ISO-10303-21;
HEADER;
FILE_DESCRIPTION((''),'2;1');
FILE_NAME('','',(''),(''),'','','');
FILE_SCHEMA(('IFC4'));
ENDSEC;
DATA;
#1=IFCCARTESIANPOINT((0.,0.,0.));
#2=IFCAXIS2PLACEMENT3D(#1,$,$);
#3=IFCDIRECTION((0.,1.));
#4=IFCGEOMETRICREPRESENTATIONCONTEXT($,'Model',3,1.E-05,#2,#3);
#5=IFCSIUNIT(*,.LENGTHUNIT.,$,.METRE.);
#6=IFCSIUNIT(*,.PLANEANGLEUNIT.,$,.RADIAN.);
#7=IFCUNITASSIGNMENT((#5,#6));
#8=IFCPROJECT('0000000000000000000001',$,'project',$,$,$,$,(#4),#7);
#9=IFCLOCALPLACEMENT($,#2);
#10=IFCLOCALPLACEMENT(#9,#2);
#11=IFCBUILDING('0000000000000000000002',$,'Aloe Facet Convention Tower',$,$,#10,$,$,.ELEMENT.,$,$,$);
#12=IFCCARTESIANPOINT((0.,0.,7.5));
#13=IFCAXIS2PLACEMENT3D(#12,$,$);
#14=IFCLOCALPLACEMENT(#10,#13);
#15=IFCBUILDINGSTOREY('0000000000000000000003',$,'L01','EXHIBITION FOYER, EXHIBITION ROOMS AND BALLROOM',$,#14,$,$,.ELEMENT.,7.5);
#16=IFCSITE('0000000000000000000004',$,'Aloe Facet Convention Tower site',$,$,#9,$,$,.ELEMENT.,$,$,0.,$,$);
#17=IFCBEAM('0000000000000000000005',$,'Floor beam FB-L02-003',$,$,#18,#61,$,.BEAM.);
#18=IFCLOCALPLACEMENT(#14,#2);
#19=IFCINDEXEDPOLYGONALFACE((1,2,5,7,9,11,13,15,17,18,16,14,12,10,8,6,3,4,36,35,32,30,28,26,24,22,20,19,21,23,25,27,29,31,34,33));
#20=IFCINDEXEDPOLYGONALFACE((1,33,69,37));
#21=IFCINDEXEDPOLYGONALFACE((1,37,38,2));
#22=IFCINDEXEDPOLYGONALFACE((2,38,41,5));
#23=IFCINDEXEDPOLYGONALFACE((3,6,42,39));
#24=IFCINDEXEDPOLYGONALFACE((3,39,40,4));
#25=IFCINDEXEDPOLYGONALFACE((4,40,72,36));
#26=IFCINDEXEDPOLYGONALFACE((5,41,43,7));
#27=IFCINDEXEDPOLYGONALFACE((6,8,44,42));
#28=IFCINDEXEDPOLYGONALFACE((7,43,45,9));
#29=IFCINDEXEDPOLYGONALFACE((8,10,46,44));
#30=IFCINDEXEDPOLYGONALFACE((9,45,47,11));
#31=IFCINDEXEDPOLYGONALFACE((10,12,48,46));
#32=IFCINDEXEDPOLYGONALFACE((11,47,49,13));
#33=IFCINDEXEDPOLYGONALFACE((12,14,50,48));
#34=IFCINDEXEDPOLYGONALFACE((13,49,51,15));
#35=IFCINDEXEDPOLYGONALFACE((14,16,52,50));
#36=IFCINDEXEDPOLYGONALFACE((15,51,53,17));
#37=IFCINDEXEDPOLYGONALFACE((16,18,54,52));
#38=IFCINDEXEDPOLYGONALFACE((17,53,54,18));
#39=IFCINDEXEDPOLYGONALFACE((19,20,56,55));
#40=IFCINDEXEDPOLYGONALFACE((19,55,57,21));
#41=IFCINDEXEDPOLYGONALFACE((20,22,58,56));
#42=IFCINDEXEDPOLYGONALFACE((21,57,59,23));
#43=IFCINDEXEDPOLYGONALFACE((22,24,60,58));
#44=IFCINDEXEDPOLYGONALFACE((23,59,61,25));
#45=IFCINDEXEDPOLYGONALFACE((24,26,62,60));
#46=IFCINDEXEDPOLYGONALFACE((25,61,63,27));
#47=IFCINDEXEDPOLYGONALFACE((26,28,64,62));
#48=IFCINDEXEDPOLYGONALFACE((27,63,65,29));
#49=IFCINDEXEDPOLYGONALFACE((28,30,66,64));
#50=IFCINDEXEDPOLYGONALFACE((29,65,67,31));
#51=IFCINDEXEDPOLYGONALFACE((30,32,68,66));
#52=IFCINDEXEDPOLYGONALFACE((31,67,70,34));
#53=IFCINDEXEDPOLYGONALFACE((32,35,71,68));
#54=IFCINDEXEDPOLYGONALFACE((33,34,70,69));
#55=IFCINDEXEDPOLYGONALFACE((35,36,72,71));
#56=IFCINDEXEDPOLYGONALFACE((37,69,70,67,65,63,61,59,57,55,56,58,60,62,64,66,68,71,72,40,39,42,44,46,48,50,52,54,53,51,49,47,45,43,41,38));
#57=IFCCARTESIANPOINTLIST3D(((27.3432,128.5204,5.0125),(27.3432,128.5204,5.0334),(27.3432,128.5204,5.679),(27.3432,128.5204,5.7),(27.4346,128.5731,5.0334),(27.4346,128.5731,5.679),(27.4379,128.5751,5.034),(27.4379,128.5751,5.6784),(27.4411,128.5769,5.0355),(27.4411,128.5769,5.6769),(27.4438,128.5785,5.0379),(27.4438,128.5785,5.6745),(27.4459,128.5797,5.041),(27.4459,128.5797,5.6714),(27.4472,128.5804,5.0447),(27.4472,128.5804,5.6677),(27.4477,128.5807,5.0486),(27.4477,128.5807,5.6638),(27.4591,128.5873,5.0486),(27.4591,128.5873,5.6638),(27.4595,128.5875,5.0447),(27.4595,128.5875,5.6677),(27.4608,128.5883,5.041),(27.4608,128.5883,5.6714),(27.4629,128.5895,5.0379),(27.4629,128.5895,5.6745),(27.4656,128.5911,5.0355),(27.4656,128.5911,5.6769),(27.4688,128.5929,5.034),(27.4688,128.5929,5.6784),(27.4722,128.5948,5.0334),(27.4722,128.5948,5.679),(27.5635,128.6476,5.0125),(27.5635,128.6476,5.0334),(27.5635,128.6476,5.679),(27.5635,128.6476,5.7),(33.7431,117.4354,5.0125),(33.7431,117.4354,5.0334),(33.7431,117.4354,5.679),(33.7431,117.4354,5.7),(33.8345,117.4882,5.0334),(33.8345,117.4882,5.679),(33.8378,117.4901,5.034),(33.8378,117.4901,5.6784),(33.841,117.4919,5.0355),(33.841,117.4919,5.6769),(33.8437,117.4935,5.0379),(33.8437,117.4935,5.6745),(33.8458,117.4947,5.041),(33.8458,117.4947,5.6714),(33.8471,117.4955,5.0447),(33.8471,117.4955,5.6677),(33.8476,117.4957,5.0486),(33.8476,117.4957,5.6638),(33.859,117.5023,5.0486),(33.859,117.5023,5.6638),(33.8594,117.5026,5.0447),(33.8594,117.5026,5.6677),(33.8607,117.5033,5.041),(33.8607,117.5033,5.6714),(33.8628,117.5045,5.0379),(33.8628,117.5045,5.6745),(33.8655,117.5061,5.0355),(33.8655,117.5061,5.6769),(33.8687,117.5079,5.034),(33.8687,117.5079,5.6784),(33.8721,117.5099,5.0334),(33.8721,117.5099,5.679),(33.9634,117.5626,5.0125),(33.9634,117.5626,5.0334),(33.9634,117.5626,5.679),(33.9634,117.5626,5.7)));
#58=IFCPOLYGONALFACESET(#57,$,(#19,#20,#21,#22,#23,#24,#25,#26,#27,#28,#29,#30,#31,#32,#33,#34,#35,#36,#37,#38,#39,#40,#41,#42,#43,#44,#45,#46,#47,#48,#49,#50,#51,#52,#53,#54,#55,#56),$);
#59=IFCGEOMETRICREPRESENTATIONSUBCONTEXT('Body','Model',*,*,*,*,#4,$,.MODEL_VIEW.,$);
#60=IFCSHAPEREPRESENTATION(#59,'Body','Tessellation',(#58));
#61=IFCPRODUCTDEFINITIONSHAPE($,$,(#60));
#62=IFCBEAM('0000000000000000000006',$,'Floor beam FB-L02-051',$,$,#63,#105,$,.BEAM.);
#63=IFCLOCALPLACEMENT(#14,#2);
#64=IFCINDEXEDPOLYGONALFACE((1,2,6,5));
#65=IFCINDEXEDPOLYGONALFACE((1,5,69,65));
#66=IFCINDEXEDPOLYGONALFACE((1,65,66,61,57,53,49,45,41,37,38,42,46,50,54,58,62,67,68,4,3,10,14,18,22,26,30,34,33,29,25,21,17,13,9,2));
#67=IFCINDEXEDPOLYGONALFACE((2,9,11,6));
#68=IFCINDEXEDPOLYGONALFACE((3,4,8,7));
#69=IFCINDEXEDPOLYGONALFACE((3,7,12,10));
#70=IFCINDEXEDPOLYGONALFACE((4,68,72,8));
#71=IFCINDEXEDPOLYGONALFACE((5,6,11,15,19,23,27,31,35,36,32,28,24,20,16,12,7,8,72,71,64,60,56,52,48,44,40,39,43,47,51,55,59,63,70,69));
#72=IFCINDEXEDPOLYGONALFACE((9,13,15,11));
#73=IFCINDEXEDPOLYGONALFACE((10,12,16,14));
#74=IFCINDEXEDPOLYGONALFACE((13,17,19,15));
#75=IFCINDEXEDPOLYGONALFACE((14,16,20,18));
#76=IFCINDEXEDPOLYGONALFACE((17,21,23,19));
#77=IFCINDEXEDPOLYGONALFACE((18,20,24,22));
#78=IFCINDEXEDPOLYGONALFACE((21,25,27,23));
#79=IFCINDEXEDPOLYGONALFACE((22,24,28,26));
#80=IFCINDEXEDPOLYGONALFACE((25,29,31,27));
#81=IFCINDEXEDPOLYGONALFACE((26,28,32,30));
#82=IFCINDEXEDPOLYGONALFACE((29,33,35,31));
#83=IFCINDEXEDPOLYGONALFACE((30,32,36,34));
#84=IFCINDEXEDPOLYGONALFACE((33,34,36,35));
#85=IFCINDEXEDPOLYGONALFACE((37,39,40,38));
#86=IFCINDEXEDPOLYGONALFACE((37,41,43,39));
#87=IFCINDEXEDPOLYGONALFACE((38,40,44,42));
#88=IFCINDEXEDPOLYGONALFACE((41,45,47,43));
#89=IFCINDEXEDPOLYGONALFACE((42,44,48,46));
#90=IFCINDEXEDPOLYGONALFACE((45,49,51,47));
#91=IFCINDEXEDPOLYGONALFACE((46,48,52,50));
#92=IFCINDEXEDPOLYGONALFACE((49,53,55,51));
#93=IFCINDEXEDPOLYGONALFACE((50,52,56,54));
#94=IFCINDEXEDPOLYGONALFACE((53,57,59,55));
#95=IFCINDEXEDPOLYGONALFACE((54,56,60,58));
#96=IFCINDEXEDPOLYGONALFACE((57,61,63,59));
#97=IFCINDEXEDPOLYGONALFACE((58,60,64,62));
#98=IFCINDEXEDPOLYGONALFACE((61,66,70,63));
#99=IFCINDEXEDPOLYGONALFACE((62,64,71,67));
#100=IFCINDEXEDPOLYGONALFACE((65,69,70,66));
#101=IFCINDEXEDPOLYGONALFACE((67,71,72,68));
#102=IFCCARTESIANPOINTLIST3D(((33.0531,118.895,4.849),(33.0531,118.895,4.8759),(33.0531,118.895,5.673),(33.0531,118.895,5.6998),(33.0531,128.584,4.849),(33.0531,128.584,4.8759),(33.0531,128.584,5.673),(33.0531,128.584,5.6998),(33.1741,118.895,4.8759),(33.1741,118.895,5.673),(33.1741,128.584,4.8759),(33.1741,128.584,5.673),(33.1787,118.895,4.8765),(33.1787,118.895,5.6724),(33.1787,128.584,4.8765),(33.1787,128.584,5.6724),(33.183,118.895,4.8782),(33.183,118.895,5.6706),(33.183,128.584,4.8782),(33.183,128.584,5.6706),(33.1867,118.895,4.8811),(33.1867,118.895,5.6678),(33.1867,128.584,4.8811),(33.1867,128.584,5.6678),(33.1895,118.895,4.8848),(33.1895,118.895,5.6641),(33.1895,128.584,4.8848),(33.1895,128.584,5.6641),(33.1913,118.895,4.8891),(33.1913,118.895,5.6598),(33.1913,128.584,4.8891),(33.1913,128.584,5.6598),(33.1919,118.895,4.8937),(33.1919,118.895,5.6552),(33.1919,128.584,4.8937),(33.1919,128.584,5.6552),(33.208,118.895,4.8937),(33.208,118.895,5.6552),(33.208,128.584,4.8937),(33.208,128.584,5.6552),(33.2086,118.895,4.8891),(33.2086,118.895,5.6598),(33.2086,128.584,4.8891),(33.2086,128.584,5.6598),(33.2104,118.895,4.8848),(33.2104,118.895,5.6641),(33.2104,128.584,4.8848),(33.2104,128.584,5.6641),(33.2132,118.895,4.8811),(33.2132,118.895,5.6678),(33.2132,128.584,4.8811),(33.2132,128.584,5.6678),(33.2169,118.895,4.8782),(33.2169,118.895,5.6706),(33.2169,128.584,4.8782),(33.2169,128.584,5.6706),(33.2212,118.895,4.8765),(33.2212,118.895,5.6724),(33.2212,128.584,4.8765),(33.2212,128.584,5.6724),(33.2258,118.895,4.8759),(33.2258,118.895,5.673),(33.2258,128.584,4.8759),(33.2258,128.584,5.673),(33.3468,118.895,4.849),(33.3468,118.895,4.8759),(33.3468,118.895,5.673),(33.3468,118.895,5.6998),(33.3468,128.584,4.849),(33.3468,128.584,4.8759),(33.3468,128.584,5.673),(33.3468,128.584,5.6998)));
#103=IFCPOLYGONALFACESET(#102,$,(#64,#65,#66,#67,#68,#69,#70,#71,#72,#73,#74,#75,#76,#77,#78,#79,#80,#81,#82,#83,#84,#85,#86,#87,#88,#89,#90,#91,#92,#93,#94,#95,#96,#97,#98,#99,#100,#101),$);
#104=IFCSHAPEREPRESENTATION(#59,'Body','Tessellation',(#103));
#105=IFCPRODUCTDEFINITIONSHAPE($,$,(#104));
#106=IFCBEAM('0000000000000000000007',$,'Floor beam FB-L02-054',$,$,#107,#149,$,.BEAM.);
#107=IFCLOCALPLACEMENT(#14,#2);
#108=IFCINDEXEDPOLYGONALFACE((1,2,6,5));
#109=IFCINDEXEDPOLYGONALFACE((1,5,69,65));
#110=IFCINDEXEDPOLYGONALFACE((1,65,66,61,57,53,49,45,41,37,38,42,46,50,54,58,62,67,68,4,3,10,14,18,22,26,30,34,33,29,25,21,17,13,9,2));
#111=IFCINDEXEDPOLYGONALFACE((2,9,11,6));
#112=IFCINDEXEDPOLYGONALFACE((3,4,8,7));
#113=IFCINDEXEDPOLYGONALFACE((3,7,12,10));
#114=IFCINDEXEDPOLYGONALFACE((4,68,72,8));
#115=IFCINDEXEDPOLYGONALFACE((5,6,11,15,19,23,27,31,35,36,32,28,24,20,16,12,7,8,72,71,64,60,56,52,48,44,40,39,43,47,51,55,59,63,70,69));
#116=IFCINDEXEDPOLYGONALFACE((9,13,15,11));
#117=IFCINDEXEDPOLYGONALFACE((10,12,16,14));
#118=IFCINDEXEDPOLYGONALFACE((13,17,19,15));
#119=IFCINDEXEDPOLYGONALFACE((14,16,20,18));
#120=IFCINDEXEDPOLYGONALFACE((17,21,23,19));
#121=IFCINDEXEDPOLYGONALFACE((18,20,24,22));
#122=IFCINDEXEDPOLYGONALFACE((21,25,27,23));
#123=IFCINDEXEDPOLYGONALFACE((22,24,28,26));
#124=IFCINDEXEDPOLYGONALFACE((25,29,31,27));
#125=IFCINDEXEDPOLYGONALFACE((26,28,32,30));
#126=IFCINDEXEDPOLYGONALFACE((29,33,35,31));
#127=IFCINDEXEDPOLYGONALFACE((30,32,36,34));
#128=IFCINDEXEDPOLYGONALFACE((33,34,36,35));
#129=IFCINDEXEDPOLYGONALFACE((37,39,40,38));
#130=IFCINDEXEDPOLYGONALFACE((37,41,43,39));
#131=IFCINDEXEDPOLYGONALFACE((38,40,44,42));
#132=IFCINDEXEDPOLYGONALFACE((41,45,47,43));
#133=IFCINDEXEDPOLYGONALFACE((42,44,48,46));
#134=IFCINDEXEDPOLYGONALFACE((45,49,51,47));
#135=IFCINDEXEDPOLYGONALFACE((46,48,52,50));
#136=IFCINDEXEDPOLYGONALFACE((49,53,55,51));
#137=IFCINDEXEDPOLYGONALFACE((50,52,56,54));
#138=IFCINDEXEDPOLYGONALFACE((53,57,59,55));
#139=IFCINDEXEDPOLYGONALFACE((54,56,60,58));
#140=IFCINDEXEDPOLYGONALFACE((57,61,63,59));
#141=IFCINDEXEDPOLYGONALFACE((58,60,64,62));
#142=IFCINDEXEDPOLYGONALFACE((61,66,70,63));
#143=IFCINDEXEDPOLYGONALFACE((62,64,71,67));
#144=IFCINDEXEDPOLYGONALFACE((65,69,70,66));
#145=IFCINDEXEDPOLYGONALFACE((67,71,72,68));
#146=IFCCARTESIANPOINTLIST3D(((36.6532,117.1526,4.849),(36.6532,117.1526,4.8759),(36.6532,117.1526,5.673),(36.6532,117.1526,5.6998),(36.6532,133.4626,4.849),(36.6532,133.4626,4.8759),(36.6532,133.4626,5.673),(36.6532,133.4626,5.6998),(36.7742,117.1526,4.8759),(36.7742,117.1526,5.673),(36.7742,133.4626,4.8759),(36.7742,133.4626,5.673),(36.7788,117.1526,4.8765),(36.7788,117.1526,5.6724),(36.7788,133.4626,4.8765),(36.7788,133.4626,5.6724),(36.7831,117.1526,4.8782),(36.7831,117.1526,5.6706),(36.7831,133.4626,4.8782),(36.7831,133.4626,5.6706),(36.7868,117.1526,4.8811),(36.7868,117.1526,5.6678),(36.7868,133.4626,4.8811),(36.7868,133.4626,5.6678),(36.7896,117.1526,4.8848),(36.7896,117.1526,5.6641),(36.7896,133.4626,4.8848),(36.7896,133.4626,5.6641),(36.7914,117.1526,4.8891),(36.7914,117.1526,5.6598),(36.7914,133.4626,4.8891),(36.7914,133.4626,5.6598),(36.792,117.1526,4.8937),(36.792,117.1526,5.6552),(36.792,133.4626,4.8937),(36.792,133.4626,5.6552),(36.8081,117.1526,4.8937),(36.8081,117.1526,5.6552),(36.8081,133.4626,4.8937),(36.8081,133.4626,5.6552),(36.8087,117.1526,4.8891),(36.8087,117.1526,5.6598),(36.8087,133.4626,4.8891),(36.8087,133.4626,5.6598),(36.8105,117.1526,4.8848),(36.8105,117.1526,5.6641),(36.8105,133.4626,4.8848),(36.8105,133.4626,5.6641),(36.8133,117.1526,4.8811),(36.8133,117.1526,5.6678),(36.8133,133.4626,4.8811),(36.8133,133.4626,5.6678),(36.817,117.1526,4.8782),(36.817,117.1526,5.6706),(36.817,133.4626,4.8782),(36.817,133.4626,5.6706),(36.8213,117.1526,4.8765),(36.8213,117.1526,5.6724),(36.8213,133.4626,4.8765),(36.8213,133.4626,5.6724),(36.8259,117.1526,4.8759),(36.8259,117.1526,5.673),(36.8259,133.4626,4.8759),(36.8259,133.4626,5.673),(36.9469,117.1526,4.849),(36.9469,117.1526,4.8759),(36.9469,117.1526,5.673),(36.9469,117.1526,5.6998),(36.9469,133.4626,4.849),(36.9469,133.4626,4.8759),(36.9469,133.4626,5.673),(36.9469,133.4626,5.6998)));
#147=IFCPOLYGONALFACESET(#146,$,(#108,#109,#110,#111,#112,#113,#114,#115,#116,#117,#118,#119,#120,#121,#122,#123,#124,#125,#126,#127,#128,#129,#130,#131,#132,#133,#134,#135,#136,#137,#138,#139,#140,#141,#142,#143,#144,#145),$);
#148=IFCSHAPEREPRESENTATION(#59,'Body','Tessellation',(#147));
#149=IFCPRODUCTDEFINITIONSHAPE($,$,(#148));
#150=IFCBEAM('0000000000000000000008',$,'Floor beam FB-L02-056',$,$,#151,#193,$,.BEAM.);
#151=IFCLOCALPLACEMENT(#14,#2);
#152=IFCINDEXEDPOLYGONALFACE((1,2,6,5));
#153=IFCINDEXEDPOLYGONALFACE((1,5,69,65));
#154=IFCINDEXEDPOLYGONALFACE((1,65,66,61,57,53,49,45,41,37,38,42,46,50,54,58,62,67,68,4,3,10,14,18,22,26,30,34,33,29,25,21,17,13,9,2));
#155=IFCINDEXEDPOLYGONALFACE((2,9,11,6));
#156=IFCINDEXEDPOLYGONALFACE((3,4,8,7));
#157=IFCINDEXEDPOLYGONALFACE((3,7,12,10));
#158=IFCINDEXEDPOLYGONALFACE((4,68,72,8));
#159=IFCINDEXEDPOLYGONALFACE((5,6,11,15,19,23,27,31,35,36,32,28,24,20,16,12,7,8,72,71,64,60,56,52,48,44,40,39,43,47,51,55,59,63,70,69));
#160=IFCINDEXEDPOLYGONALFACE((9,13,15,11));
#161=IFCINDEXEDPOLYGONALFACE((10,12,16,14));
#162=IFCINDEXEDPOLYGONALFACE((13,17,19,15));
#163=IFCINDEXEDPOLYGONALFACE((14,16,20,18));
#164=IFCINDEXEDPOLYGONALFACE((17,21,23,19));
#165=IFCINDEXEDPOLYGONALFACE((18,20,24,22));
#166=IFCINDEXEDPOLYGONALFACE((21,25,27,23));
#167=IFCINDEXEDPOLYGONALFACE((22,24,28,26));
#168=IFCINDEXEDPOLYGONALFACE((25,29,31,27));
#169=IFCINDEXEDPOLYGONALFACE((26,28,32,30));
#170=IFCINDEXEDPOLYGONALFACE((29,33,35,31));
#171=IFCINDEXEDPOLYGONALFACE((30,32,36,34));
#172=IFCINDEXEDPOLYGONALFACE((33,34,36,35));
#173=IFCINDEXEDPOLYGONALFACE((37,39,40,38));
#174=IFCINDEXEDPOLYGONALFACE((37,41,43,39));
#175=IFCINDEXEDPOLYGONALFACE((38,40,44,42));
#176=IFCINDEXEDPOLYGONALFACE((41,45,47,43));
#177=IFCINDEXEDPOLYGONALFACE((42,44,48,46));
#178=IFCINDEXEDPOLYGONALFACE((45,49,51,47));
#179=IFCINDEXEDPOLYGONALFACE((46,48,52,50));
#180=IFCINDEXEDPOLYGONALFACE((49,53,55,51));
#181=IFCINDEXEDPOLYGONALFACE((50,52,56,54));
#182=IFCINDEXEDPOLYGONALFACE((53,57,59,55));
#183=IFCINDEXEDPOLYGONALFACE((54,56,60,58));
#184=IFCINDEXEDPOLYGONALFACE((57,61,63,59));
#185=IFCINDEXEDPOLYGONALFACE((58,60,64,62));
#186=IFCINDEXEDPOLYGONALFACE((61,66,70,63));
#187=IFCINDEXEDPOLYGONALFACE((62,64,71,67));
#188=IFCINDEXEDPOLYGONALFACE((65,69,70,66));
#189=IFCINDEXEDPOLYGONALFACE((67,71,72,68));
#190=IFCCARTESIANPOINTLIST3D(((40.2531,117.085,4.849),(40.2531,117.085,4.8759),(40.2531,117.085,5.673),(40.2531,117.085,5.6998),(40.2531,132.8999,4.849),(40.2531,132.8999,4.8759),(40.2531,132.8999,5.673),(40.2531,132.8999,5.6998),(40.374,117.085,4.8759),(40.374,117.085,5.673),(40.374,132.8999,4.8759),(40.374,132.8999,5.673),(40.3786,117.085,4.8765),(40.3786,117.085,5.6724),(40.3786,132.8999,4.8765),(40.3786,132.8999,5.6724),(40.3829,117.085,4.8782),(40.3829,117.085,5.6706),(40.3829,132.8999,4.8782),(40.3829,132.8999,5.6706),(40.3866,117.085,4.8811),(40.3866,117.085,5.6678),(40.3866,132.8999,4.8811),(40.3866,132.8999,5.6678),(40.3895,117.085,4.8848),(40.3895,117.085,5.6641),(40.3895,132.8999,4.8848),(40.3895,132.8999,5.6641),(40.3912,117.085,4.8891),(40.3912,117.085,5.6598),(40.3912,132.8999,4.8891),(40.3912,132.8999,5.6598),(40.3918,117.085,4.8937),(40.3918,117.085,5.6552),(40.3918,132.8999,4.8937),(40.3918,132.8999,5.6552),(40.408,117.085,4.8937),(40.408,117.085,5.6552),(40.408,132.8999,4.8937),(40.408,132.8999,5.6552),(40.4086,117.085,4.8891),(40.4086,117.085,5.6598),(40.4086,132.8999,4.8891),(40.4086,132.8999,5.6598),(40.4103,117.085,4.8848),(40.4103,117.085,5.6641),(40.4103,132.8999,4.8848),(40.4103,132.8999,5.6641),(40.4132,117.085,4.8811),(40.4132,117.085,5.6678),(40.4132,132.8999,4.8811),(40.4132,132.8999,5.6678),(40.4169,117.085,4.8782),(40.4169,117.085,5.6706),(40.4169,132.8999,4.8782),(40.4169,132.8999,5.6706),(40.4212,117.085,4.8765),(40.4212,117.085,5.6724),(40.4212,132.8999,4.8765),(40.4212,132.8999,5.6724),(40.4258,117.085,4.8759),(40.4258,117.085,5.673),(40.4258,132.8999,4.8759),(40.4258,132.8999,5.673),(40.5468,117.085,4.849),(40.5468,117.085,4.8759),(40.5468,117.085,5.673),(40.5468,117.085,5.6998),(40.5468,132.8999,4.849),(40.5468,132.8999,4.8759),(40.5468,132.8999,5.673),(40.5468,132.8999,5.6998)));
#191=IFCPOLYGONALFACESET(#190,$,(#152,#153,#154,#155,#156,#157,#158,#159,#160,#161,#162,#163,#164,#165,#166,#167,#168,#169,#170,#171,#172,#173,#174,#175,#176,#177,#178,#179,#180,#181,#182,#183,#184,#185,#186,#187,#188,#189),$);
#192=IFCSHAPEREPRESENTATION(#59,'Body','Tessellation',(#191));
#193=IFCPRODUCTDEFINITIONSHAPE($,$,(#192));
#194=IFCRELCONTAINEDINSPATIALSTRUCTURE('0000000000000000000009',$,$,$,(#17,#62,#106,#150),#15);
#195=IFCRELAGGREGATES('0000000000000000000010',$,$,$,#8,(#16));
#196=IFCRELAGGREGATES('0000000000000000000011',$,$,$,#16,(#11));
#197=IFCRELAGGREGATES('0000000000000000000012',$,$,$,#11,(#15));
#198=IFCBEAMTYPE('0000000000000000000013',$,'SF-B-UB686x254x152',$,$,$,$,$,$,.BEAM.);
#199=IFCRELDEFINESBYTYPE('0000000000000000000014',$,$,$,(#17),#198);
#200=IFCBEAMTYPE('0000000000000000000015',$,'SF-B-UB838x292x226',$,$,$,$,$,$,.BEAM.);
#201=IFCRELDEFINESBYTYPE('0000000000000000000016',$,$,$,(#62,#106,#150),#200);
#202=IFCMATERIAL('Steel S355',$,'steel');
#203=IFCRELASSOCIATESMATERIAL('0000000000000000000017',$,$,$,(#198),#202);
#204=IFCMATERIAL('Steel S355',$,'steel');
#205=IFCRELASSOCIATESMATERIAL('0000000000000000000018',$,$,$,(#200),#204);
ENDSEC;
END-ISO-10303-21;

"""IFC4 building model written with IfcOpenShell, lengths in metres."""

from ifc_helpers import new_model, si_unit, direction, frame, origin, origin_2d, place, context, subcontext, project, spatial, i_section, extrude, material, material_profile, profile_set, type_object, element, save


model = new_model("IFC4")

# Units and contexts
model_context = context("Model", 3, precision=1e-05, world=origin(), true_north=direction((0.0, 1.0)))
body_context = subcontext(model_context, "Body", "Model", "MODEL_VIEW")
ifc_project = project(units=[si_unit("LENGTHUNIT", "METRE"), si_unit("PLANEANGLEUNIT", "RADIAN")], contexts=[model_context])

# Site, building, storey
site_placement = place(None, origin())
site = spatial("IfcSite", under=ifc_project, at=site_placement, Name="Aloe Facet Convention Tower site", CompositionType="ELEMENT", RefElevation=0.0)
building_placement = place(site_placement, origin())
building = spatial("IfcBuilding", under=site, at=building_placement, Name="Aloe Facet Convention Tower", CompositionType="ELEMENT")
storey_placement = place(building_placement, frame((0.0, 0.0, 7.5)))
storey = spatial("IfcBuildingStorey", under=building, at=storey_placement, Name="L01", Description="EXHIBITION FOYER, EXHIBITION ROOMS AND BALLROOM", CompositionType="ELEMENT", Elevation=7.5)

# Beams
ifc_material_1 = material(Name="Steel S355", Category="steel")
ifc_material_profile_1 = material_profile(ifc_material_1, i_section(OverallWidth=0.2544, OverallDepth=0.6875, WebThickness=0.0132, FlangeThickness=0.021, FilletRadius=0.0151, at=origin_2d()), Name="UB 686x254x152")
ifc_profile_set_1 = profile_set([ifc_material_profile_1], Name="Steel S355")
beam_type_1 = type_object("IfcBeamType", Name="SF-B-UB686x254x152", PredefinedType="BEAM", material=ifc_profile_set_1)
beam_1_placement = place(storey_placement, frame((33.8533, 117.499, 5.3562), z_axis=(-0.5, 0.866025, 0.0), x_axis=(-0.866025, -0.5, 0.0)))
element("IfcBeam", 1, at=beam_1_placement, inside=storey, type_object=beam_type_1, Name="Floor beam FB-L02-003", PredefinedType="BEAM", context=body_context, shape_type="SweptSolid", body=[
    extrude(i_section(OverallWidth=0.2544, OverallDepth=0.6875, WebThickness=0.0132, FlangeThickness=0.021, FilletRadius=0.0151, at=origin_2d()), origin(), (0.0, 0.0, 1.0), 12.7998),
])
ifc_material_2 = material(Name="Steel S355", Category="steel")
ifc_material_profile_2 = material_profile(ifc_material_2, i_section(OverallWidth=0.2937, OverallDepth=0.8508, WebThickness=0.0161, FlangeThickness=0.0269, FilletRadius=0.0178, at=origin_2d()), Name="UB 838x292x226")
ifc_profile_set_2 = profile_set([ifc_material_profile_2], Name="Steel S355")
beam_type_2 = type_object("IfcBeamType", Name="SF-B-UB838x292x226", PredefinedType="BEAM", material=ifc_profile_set_2)
beam_2_placement = place(storey_placement, frame((33.2, 118.895, 5.2744), z_axis=(0.0, 1.0, 0.0), x_axis=(-1.0, 0.0, 0.0)))
element("IfcBeam", 2, at=beam_2_placement, inside=storey, type_object=beam_type_2, Name="Floor beam FB-L02-051", PredefinedType="BEAM", context=body_context, shape_type="SweptSolid", body=[
    extrude(i_section(OverallWidth=0.2937, OverallDepth=0.8508, WebThickness=0.0161, FlangeThickness=0.0269, FilletRadius=0.0178, at=origin_2d()), origin(), (0.0, 0.0, 1.0), 9.689),
])
beam_3_placement = place(storey_placement, frame((36.8, 117.1526, 5.2744), z_axis=(0.0, 1.0, 0.0), x_axis=(-1.0, 0.0, 0.0)))
element("IfcBeam", 3, at=beam_3_placement, inside=storey, type_object=beam_type_2, Name="Floor beam FB-L02-054", PredefinedType="BEAM", context=body_context, shape_type="SweptSolid", body=[
    extrude(i_section(OverallWidth=0.2937, OverallDepth=0.8508, WebThickness=0.0161, FlangeThickness=0.0269, FilletRadius=0.0178, at=origin_2d()), origin(), (0.0, 0.0, 1.0), 16.3101),
])
beam_4_placement = place(storey_placement, frame((40.3999, 117.085, 5.2744), z_axis=(0.0, 1.0, 0.0), x_axis=(-1.0, 0.0, 0.0)))
element("IfcBeam", 4, at=beam_4_placement, inside=storey, type_object=beam_type_2, Name="Floor beam FB-L02-056", PredefinedType="BEAM", context=body_context, shape_type="SweptSolid", body=[
    extrude(i_section(OverallWidth=0.2937, OverallDepth=0.8508, WebThickness=0.0161, FlangeThickness=0.0269, FilletRadius=0.0178, at=origin_2d()), origin(), (0.0, 0.0, 1.0), 15.8149),
])

save(model, "model.ifc")
